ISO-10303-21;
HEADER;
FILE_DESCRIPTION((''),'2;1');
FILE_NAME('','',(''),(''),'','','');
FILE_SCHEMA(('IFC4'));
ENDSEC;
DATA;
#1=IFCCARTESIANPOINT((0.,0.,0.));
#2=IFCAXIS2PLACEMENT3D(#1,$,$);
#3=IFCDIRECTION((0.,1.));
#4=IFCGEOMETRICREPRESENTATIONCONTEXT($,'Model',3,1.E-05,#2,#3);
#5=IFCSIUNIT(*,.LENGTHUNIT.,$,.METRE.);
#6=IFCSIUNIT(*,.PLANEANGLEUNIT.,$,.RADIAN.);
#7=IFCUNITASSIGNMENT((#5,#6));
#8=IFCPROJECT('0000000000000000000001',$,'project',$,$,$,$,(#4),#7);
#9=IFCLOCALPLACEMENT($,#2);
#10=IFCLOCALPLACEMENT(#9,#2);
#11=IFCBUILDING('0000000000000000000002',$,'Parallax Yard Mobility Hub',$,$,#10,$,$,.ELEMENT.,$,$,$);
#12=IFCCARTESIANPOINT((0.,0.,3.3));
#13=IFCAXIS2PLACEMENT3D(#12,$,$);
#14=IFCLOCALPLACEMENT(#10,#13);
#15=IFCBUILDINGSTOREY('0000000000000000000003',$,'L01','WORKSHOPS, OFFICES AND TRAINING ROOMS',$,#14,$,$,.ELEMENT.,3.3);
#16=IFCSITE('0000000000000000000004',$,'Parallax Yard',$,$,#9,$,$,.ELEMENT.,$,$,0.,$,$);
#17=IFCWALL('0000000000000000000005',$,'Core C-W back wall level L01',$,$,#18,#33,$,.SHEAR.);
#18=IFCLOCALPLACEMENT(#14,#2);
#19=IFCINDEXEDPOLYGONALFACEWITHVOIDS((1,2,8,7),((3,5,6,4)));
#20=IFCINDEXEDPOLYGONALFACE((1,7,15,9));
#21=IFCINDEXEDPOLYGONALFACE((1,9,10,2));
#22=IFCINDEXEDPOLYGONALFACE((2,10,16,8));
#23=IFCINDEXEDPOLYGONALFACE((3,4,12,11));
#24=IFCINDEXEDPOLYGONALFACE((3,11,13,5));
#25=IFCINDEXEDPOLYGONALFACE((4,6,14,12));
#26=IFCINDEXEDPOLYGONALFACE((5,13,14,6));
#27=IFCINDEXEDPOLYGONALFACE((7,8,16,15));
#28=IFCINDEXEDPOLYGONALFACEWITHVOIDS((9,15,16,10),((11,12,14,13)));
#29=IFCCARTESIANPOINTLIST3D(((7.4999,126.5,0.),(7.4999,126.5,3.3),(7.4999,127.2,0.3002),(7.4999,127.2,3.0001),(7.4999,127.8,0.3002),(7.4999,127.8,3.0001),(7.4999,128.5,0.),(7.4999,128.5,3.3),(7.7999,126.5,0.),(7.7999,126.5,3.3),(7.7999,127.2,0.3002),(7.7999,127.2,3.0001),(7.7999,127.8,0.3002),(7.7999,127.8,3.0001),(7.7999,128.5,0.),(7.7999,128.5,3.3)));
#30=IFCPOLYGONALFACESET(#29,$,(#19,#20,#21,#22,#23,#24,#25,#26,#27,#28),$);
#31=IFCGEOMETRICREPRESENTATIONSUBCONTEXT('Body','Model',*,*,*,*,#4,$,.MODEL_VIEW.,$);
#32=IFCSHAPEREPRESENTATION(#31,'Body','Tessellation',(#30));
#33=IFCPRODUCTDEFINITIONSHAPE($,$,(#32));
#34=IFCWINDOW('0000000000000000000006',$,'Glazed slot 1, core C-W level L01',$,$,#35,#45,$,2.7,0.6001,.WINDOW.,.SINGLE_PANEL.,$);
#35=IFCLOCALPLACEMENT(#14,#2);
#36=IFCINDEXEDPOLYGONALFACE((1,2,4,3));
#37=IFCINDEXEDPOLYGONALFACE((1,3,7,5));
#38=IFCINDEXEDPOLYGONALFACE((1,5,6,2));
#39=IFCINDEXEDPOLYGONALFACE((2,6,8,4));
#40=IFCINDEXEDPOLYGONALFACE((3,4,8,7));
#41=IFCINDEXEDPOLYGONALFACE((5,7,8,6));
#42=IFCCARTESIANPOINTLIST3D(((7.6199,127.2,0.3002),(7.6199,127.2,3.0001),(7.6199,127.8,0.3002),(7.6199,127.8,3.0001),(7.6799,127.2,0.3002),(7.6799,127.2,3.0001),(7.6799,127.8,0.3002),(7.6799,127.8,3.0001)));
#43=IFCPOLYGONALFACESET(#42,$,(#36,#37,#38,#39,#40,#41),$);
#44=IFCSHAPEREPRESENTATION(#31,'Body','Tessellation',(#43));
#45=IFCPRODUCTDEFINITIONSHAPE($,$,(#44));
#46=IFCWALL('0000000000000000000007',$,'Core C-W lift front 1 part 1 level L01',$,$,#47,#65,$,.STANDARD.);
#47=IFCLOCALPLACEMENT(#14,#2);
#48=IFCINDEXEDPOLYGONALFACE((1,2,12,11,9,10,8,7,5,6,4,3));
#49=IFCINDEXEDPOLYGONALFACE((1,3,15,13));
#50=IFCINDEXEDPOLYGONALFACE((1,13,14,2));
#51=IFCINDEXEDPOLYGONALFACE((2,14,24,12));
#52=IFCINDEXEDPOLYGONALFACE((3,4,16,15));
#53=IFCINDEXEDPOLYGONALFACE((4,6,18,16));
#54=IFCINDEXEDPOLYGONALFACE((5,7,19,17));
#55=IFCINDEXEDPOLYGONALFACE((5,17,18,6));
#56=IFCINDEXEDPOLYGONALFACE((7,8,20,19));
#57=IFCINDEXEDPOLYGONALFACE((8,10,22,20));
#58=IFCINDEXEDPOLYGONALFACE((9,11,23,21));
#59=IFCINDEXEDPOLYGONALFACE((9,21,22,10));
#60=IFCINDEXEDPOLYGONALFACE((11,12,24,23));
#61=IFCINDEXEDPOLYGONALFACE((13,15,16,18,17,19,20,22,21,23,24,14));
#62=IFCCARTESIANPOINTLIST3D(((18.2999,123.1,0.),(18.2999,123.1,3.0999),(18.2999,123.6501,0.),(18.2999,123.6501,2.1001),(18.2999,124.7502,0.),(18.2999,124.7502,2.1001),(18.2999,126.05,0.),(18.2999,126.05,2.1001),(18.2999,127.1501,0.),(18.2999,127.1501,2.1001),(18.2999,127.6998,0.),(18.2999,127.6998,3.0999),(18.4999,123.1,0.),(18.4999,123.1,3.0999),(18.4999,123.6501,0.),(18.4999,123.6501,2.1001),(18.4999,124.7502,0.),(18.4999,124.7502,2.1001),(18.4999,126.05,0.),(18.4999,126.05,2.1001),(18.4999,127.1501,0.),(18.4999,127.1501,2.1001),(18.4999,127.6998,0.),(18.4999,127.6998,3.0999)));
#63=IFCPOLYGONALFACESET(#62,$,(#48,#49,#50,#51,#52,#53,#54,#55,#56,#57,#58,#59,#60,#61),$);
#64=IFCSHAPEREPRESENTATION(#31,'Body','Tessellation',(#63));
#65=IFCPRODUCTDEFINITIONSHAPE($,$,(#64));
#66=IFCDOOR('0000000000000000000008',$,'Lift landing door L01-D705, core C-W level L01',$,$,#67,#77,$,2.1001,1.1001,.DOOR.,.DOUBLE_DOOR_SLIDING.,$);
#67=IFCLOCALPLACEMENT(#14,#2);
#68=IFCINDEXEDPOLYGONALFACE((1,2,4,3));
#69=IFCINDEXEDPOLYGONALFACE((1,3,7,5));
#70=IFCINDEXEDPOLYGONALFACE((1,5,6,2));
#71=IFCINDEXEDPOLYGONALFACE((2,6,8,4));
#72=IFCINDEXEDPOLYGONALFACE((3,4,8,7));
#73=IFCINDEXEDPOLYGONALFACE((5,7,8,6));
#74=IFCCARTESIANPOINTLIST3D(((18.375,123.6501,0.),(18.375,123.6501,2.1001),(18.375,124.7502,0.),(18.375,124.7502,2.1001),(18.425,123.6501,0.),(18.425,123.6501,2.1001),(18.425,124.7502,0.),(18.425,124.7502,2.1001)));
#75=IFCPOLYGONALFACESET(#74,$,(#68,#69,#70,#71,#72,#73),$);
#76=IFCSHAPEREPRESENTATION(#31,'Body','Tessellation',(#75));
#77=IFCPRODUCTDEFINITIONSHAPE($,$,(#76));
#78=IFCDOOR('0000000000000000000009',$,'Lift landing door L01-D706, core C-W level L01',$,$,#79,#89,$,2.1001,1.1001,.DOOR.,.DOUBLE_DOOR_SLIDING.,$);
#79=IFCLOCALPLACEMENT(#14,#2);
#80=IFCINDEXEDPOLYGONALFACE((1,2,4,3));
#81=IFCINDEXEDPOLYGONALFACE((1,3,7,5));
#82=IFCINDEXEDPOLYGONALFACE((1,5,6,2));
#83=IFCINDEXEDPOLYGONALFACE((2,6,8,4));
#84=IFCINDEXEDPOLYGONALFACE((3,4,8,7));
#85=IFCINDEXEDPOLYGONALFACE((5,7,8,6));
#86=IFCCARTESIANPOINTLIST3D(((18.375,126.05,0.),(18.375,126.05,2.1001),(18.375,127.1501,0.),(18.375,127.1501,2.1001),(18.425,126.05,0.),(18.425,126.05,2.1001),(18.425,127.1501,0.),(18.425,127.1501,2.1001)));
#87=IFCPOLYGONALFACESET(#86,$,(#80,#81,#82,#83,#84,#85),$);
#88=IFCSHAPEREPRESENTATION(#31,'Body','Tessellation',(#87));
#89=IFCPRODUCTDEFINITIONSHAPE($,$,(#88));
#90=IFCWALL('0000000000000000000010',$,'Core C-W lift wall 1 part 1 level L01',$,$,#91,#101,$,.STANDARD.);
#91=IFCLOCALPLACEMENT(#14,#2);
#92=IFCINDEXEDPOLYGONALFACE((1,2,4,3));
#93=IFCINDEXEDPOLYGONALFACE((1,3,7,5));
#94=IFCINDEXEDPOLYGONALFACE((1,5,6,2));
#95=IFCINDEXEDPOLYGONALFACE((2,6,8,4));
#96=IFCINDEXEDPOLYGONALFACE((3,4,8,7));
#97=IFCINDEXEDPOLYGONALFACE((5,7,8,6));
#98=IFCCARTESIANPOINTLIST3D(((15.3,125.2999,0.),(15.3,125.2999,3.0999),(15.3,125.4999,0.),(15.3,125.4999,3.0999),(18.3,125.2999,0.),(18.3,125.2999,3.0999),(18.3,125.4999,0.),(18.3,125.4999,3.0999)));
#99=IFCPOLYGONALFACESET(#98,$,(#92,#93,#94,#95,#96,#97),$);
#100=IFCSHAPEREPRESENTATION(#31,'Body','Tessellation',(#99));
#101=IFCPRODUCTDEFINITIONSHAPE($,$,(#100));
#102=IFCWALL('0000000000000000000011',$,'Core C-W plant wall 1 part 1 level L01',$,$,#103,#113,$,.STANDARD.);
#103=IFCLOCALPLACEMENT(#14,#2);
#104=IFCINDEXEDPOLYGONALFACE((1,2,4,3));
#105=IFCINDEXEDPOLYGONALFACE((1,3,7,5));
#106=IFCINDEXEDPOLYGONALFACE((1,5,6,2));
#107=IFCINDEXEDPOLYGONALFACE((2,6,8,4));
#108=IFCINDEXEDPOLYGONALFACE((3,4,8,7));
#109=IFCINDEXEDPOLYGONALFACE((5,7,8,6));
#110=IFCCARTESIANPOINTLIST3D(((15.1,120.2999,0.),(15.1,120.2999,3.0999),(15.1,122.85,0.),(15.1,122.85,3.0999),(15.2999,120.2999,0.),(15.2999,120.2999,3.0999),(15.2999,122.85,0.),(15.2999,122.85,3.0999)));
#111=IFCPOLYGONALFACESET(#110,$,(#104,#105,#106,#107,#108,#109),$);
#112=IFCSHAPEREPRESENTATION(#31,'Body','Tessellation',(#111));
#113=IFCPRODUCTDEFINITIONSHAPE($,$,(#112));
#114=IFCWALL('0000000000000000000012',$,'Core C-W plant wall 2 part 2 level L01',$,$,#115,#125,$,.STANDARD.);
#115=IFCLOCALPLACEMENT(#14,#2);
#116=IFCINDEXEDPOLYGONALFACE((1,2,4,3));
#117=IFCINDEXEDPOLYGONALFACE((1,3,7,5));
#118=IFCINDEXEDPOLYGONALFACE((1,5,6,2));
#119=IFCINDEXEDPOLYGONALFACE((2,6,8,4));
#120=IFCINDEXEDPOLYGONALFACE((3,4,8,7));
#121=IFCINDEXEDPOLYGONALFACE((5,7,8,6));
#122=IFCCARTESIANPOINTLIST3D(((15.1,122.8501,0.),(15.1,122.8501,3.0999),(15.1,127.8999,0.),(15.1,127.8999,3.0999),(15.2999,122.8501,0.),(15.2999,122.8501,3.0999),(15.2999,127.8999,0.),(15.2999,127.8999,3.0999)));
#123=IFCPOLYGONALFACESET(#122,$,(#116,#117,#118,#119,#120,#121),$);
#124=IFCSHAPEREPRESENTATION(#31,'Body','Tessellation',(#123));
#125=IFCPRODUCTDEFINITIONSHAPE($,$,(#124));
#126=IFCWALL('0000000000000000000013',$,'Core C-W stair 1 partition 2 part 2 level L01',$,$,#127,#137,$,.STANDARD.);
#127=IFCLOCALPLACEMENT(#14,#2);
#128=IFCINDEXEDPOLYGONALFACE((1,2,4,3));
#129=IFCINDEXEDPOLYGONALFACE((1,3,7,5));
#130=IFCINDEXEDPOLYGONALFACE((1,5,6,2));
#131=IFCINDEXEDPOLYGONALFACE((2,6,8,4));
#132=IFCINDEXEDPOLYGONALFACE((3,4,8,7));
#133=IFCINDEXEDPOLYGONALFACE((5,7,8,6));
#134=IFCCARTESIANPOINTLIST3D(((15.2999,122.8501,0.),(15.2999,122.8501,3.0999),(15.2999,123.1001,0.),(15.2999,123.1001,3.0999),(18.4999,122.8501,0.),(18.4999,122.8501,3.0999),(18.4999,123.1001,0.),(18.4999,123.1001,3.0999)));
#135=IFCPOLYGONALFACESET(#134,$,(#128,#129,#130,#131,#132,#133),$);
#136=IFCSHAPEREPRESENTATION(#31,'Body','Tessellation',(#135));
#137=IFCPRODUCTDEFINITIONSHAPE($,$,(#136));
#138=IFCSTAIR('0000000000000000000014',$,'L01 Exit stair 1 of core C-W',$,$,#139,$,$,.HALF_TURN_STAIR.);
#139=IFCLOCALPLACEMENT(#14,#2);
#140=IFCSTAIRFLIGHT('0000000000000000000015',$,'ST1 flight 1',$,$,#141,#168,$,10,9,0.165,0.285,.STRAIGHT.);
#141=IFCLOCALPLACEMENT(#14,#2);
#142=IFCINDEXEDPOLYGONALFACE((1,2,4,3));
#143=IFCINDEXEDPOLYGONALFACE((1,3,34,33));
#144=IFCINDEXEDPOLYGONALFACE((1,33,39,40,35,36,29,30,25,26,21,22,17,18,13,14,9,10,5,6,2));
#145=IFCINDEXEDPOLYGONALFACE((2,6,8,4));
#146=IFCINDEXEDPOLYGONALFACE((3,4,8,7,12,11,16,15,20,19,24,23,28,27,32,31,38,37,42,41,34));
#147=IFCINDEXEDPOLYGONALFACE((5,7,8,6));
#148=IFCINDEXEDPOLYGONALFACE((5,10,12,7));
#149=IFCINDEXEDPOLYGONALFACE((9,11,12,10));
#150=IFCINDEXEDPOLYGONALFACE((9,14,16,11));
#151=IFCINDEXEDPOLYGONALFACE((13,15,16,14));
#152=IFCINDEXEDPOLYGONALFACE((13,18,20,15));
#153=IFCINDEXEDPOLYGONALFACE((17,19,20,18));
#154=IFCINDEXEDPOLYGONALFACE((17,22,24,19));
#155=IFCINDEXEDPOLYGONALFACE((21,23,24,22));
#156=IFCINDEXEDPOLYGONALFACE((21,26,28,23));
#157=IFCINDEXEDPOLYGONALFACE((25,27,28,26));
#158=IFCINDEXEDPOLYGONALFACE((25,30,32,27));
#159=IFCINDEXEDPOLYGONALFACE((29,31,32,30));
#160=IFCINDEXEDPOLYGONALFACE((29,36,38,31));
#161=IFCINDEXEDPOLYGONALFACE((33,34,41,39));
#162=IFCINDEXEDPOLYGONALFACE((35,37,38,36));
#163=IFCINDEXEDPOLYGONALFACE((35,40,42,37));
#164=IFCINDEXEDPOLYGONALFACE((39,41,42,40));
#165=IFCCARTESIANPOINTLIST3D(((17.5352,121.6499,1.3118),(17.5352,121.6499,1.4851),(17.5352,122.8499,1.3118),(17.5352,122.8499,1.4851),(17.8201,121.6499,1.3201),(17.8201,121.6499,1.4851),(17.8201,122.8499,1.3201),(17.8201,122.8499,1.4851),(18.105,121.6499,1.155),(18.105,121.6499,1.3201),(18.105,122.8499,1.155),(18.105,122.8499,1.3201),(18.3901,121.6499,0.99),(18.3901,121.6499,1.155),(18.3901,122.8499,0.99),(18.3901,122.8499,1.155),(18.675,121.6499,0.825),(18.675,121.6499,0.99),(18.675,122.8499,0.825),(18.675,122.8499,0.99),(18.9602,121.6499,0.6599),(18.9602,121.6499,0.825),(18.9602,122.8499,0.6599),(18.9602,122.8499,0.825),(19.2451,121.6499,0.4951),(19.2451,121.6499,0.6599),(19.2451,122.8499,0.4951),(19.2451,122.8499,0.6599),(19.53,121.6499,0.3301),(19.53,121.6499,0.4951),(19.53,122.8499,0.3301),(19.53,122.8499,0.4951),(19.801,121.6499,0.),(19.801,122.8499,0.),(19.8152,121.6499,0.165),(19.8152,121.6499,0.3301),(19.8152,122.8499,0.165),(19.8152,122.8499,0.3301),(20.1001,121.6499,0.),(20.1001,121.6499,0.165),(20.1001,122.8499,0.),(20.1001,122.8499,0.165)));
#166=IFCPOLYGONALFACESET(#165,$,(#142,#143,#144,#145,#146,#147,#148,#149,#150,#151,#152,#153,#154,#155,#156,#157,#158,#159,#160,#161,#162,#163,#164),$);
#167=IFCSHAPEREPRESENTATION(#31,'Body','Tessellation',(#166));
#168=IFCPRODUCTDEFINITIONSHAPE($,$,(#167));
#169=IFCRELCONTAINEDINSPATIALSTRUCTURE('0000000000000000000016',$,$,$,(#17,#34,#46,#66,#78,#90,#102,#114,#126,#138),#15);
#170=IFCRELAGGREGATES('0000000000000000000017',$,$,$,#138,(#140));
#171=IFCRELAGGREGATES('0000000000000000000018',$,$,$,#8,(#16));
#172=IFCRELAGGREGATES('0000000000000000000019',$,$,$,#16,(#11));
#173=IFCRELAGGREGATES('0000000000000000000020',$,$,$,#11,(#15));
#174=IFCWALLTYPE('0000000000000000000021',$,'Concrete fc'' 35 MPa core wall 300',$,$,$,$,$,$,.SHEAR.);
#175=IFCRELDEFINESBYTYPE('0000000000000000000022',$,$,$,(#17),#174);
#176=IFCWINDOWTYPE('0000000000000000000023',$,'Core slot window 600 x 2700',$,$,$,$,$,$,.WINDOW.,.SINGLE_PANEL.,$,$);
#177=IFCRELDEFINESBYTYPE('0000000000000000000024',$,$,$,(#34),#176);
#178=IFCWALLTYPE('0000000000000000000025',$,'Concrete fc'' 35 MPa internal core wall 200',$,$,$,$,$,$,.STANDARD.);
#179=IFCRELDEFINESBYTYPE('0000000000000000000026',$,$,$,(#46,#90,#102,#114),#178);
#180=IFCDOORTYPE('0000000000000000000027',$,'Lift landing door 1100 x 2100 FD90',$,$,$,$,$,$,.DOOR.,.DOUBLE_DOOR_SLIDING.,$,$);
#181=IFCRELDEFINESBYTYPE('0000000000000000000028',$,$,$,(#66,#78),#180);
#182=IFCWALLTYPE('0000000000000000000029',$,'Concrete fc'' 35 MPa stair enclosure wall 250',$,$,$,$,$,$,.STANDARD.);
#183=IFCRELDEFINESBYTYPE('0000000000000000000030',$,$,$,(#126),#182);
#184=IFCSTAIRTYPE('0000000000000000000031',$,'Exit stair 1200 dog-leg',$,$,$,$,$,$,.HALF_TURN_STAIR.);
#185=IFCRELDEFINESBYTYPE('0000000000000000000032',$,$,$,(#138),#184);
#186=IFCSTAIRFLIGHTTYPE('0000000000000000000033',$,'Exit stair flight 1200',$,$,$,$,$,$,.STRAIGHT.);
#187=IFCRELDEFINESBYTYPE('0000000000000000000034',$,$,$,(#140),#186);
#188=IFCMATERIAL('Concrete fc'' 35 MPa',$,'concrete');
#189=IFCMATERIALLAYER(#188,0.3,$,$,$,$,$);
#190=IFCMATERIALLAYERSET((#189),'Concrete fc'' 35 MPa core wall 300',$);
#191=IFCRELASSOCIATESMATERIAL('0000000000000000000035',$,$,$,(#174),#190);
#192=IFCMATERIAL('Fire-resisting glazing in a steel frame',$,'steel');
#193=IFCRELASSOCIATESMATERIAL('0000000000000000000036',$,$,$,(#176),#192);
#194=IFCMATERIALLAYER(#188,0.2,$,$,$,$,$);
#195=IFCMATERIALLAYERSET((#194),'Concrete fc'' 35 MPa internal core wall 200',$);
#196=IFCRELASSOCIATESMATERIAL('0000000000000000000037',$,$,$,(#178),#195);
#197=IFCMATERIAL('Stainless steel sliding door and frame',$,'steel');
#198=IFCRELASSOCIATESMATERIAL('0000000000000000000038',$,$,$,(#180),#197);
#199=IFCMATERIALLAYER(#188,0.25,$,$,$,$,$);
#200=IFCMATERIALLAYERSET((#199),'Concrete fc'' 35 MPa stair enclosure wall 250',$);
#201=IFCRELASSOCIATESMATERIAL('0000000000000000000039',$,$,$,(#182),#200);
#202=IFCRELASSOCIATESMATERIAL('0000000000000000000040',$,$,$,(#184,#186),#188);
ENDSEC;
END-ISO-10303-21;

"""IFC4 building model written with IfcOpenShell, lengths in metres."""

from ifc_helpers import new_model, si_unit, direction, frame, frame_2d, origin, place, context, subcontext, project, spatial, polyline, rectangle, outline, extrude, material, layer, layer_set, type_object, element, fill, aggregate, save


model = new_model("IFC4")

# Units and contexts
model_context = context("Model", 3, precision=1e-05, world=origin(), true_north=direction((0.0, 1.0)))
body_context = subcontext(model_context, "Body", "Model", "MODEL_VIEW")
ifc_project = project(units=[si_unit("LENGTHUNIT", "METRE"), si_unit("PLANEANGLEUNIT", "RADIAN")], contexts=[model_context])

# Site, building, storey
site_placement = place(None, origin())
site = spatial("IfcSite", under=ifc_project, at=site_placement, Name="Parallax Yard", CompositionType="ELEMENT", RefElevation=0.0)
building_placement = place(site_placement, origin())
building = spatial("IfcBuilding", under=site, at=building_placement, Name="Parallax Yard Mobility Hub", CompositionType="ELEMENT")
storey_placement = place(building_placement, frame((0.0, 0.0, 3.3)))
storey = spatial("IfcBuildingStorey", under=building, at=storey_placement, Name="L01", Description="WORKSHOPS, OFFICES AND TRAINING ROOMS", CompositionType="ELEMENT", Elevation=3.3)

# Wall, opening, window
ifc_material_1 = material(Name="Concrete fc' 35 MPa", Category="concrete")
ifc_layer_1 = layer(ifc_material_1, 0.3)
ifc_layer_set_1 = layer_set([ifc_layer_1], Name="Concrete fc' 35 MPa core wall 300")
wall_type_1 = type_object("IfcWallType", Name="Concrete fc' 35 MPa core wall 300", PredefinedType="SHEAR", material=ifc_layer_set_1)
wall_1_placement = place(storey_placement, frame((7.6499, 126.5, 0.0), z_axis=(0.0, 0.0, 1.0), x_axis=(0.0, 1.0, 0.0)))
wall_1 = element("IfcWall", 1, at=wall_1_placement, inside=storey, type_object=wall_type_1, Name="Core C-W back wall level L01", PredefinedType="SHEAR", context=body_context, shape_type="SweptSolid", body=[
    extrude(rectangle(XDim=2.0, YDim=0.3, at=frame_2d((1.0, 0.0))), origin(), (0.0, 0.0, 1.0), 3.3),
])
opening_1_placement = place(wall_1_placement, frame((0.7, 0.0, 0.3)))
opening_1 = element("IfcOpeningElement", 2, at=opening_1_placement, cuts=wall_1, PredefinedType="OPENING", context=body_context, shape_type="SweptSolid", body=[
    extrude(rectangle(XDim=0.6001, YDim=2.7, at=frame_2d((0.3, 1.3501))), frame((0.0, 0.1602, 0.0), z_axis=(0.0, -1.0, 0.0), x_axis=(1.0, 0.0, 0.0)), (0.0, 0.0, 1.0), 0.3201),
])
ifc_material_2 = material(Name="Fire-resisting glazing in a steel frame", Category="steel")
window_type = type_object("IfcWindowType", Name="Core slot window 600 x 2700", PartitioningType="SINGLE_PANEL", PredefinedType="WINDOW", material=ifc_material_2)
window_placement = place(opening_1_placement, origin())
window = element("IfcWindow", 3, at=window_placement, inside=storey, type_object=window_type, Name="Glazed slot 1, core C-W level L01", OverallHeight=2.7, OverallWidth=0.6001, PartitioningType="SINGLE_PANEL", PredefinedType="WINDOW", context=body_context, shape_type="SweptSolid", body=[
    extrude(rectangle(XDim=0.6001, YDim=2.7, at=frame_2d((0.3, 1.3501))), frame((0.0, 0.03, 0.0), z_axis=(0.0, -1.0, 0.0), x_axis=(1.0, 0.0, 0.0)), (0.0, 0.0, 1.0), 0.0601),
])
fill(opening_1, window)

# Wall, openings, doors
ifc_layer_2 = layer(ifc_material_1, 0.2)
ifc_layer_set_2 = layer_set([ifc_layer_2], Name="Concrete fc' 35 MPa internal core wall 200")
wall_type_2 = type_object("IfcWallType", Name="Concrete fc' 35 MPa internal core wall 200", PredefinedType="STANDARD", material=ifc_layer_set_2)
wall_2_placement = place(storey_placement, frame((18.3999, 123.1001, 0.0), z_axis=(0.0, 0.0, 1.0), x_axis=(0.0, 1.0, 0.0)))
wall_2 = element("IfcWall", 4, at=wall_2_placement, inside=storey, type_object=wall_type_2, Name="Core C-W lift front 1 part 1 level L01", PredefinedType="STANDARD", context=body_context, shape_type="SweptSolid", body=[
    extrude(rectangle(XDim=4.5999, YDim=0.2, at=frame_2d((2.2998, 0.0))), origin(), (0.0, 0.0, 1.0), 3.0999),
])
opening_2_placement = place(wall_2_placement, frame((0.55, 0.0, 0.0)))
opening_2 = element("IfcOpeningElement", 5, at=opening_2_placement, cuts=wall_2, PredefinedType="OPENING", context=body_context, shape_type="SweptSolid", body=[
    extrude(rectangle(XDim=1.1001, YDim=2.1001, at=frame_2d((0.55, 1.05))), frame((0.0, 0.1099, 0.0), z_axis=(0.0, -1.0, 0.0), x_axis=(1.0, 0.0, 0.0)), (0.0, 0.0, 1.0), 0.22),
])
opening_3_placement = place(wall_2_placement, frame((2.95, 0.0, 0.0)))
opening_3 = element("IfcOpeningElement", 6, at=opening_3_placement, cuts=wall_2, PredefinedType="OPENING", context=body_context, shape_type="SweptSolid", body=[
    extrude(rectangle(XDim=1.1001, YDim=2.1001, at=frame_2d((0.55, 1.05))), frame((0.0, 0.1099, 0.0), z_axis=(0.0, -1.0, 0.0), x_axis=(1.0, 0.0, 0.0)), (0.0, 0.0, 1.0), 0.22),
])
ifc_material_3 = material(Name="Stainless steel sliding door and frame", Category="steel")
door_type = type_object("IfcDoorType", Name="Lift landing door 1100 x 2100 FD90", OperationType="DOUBLE_DOOR_SLIDING", PredefinedType="DOOR", material=ifc_material_3)
door_1_placement = place(opening_2_placement, origin())
door_1 = element("IfcDoor", 7, at=door_1_placement, inside=storey, type_object=door_type, Name="Lift landing door L01-D705, core C-W level L01", OperationType="DOUBLE_DOOR_SLIDING", OverallHeight=2.1001, OverallWidth=1.1001, PredefinedType="DOOR", context=body_context, shape_type="SweptSolid", body=[
    extrude(rectangle(XDim=1.1001, YDim=2.1001, at=frame_2d((0.55, 1.05))), frame((0.0, 0.0249, 0.0), z_axis=(0.0, -1.0, 0.0), x_axis=(1.0, 0.0, 0.0)), (0.0, 0.0, 1.0), 0.05),
])
fill(opening_2, door_1)
door_2_placement = place(opening_3_placement, origin())
door_2 = element("IfcDoor", 8, at=door_2_placement, inside=storey, type_object=door_type, Name="Lift landing door L01-D706, core C-W level L01", OperationType="DOUBLE_DOOR_SLIDING", OverallHeight=2.1001, OverallWidth=1.1001, PredefinedType="DOOR", context=body_context, shape_type="SweptSolid", body=[
    extrude(rectangle(XDim=1.1001, YDim=2.1001, at=frame_2d((0.55, 1.05))), frame((0.0, 0.0249, 0.0), z_axis=(0.0, -1.0, 0.0), x_axis=(1.0, 0.0, 0.0)), (0.0, 0.0, 1.0), 0.05),
])
fill(opening_3, door_2)

# Walls
wall_3_placement = place(storey_placement, frame((18.3, 125.3999, 0.0), z_axis=(0.0, 0.0, 1.0), x_axis=(-1.0, 0.0, 0.0)))
element("IfcWall", 9, at=wall_3_placement, inside=storey, type_object=wall_type_2, Name="Core C-W lift wall 1 part 1 level L01", PredefinedType="STANDARD", context=body_context, shape_type="SweptSolid", body=[
    extrude(rectangle(XDim=3.0, YDim=0.2, at=frame_2d((1.5, 0.0))), origin(), (0.0, 0.0, 1.0), 3.0999),
])
wall_4_placement = place(storey_placement, frame((15.2, 120.3, 0.0), z_axis=(0.0, 0.0, 1.0), x_axis=(0.0, 1.0, 0.0)))
element("IfcWall", 10, at=wall_4_placement, inside=storey, type_object=wall_type_2, Name="Core C-W plant wall 1 part 1 level L01", PredefinedType="STANDARD", context=body_context, shape_type="SweptSolid", body=[
    extrude(rectangle(XDim=2.55, YDim=0.2, at=frame_2d((1.2749, 0.0))), origin(), (0.0, 0.0, 1.0), 3.0999),
])
wall_5_placement = place(storey_placement, frame((15.2, 122.8501, 0.0), z_axis=(0.0, 0.0, 1.0), x_axis=(0.0, 1.0, 0.0)))
element("IfcWall", 11, at=wall_5_placement, inside=storey, type_object=wall_type_2, Name="Core C-W plant wall 2 part 2 level L01", PredefinedType="STANDARD", context=body_context, shape_type="SweptSolid", body=[
    extrude(rectangle(XDim=5.0498, YDim=0.2, at=frame_2d((2.5249, 0.0))), origin(), (0.0, 0.0, 1.0), 3.0999),
])
ifc_layer_3 = layer(ifc_material_1, 0.25)
ifc_layer_set_3 = layer_set([ifc_layer_3], Name="Concrete fc' 35 MPa stair enclosure wall 250")
wall_type_3 = type_object("IfcWallType", Name="Concrete fc' 35 MPa stair enclosure wall 250", PredefinedType="STANDARD", material=ifc_layer_set_3)
wall_6_placement = place(storey_placement, frame((18.5, 122.9751, 0.0), z_axis=(0.0, 0.0, 1.0), x_axis=(-1.0, 0.0, 0.0)))
element("IfcWall", 12, at=wall_6_placement, inside=storey, type_object=wall_type_3, Name="Core C-W stair 1 partition 2 part 2 level L01", PredefinedType="STANDARD", context=body_context, shape_type="SweptSolid", body=[
    extrude(rectangle(XDim=3.2, YDim=0.25, at=frame_2d((1.6001, 0.0))), origin(), (0.0, 0.0, 1.0), 3.0999),
])

# Stair, stair flight
stair_type = type_object("IfcStairType", Name="Exit stair 1200 dog-leg", PredefinedType="HALF_TURN_STAIR", material=ifc_material_1)
stair_placement = place(storey_placement, origin())
stair = element("IfcStair", 13, at=stair_placement, inside=storey, type_object=stair_type, Name="L01 Exit stair 1 of core C-W", PredefinedType="HALF_TURN_STAIR")
stair_flight_type = type_object("IfcStairFlightType", Name="Exit stair flight 1200", PredefinedType="STRAIGHT", material=ifc_material_1)
stair_flight_1_placement = place(storey_placement, frame((20.1001, 122.25, 0.0), z_axis=(0.0, 0.0, 1.0), x_axis=(-1.0, 0.0, 0.0)))
stair_flight_1 = element("IfcStairFlight", 14, at=stair_flight_1_placement, type_object=stair_flight_type, Name="ST1 flight 1", NumberOfRisers=10, NumberOfTreads=9, PredefinedType="STRAIGHT", RiserHeight=0.165, TreadLength=0.285, context=body_context, shape_type="SweptSolid", body=[
    extrude(outline(polyline([(0.0, 0.0), (0.0, 0.165), (0.2849, 0.165), (0.2849, 0.3301), (0.5701, 0.3301), (0.5701, 0.4951), (0.855, 0.4951), (0.855, 0.6599), (1.1399, 0.6599), (1.1399, 0.825), (1.425, 0.825), (1.425, 0.99), (1.71, 0.99), (1.71, 1.155), (1.9951, 1.155), (1.9951, 1.3201), (2.28, 1.3201), (2.28, 1.4851), (2.5649, 1.4851), (2.5649, 1.6499), (2.5649, 1.3118), (0.2991, 0.0), (0.0, 0.0)])), frame((0.0, 0.6001, 0.0), z_axis=(0.0, -1.0, 0.0), x_axis=(1.0, 0.0, 0.0)), (0.0, 0.0, 1.0), 1.2),
])
aggregate(stair, [stair_flight_1])

save(model, "model.ifc")
